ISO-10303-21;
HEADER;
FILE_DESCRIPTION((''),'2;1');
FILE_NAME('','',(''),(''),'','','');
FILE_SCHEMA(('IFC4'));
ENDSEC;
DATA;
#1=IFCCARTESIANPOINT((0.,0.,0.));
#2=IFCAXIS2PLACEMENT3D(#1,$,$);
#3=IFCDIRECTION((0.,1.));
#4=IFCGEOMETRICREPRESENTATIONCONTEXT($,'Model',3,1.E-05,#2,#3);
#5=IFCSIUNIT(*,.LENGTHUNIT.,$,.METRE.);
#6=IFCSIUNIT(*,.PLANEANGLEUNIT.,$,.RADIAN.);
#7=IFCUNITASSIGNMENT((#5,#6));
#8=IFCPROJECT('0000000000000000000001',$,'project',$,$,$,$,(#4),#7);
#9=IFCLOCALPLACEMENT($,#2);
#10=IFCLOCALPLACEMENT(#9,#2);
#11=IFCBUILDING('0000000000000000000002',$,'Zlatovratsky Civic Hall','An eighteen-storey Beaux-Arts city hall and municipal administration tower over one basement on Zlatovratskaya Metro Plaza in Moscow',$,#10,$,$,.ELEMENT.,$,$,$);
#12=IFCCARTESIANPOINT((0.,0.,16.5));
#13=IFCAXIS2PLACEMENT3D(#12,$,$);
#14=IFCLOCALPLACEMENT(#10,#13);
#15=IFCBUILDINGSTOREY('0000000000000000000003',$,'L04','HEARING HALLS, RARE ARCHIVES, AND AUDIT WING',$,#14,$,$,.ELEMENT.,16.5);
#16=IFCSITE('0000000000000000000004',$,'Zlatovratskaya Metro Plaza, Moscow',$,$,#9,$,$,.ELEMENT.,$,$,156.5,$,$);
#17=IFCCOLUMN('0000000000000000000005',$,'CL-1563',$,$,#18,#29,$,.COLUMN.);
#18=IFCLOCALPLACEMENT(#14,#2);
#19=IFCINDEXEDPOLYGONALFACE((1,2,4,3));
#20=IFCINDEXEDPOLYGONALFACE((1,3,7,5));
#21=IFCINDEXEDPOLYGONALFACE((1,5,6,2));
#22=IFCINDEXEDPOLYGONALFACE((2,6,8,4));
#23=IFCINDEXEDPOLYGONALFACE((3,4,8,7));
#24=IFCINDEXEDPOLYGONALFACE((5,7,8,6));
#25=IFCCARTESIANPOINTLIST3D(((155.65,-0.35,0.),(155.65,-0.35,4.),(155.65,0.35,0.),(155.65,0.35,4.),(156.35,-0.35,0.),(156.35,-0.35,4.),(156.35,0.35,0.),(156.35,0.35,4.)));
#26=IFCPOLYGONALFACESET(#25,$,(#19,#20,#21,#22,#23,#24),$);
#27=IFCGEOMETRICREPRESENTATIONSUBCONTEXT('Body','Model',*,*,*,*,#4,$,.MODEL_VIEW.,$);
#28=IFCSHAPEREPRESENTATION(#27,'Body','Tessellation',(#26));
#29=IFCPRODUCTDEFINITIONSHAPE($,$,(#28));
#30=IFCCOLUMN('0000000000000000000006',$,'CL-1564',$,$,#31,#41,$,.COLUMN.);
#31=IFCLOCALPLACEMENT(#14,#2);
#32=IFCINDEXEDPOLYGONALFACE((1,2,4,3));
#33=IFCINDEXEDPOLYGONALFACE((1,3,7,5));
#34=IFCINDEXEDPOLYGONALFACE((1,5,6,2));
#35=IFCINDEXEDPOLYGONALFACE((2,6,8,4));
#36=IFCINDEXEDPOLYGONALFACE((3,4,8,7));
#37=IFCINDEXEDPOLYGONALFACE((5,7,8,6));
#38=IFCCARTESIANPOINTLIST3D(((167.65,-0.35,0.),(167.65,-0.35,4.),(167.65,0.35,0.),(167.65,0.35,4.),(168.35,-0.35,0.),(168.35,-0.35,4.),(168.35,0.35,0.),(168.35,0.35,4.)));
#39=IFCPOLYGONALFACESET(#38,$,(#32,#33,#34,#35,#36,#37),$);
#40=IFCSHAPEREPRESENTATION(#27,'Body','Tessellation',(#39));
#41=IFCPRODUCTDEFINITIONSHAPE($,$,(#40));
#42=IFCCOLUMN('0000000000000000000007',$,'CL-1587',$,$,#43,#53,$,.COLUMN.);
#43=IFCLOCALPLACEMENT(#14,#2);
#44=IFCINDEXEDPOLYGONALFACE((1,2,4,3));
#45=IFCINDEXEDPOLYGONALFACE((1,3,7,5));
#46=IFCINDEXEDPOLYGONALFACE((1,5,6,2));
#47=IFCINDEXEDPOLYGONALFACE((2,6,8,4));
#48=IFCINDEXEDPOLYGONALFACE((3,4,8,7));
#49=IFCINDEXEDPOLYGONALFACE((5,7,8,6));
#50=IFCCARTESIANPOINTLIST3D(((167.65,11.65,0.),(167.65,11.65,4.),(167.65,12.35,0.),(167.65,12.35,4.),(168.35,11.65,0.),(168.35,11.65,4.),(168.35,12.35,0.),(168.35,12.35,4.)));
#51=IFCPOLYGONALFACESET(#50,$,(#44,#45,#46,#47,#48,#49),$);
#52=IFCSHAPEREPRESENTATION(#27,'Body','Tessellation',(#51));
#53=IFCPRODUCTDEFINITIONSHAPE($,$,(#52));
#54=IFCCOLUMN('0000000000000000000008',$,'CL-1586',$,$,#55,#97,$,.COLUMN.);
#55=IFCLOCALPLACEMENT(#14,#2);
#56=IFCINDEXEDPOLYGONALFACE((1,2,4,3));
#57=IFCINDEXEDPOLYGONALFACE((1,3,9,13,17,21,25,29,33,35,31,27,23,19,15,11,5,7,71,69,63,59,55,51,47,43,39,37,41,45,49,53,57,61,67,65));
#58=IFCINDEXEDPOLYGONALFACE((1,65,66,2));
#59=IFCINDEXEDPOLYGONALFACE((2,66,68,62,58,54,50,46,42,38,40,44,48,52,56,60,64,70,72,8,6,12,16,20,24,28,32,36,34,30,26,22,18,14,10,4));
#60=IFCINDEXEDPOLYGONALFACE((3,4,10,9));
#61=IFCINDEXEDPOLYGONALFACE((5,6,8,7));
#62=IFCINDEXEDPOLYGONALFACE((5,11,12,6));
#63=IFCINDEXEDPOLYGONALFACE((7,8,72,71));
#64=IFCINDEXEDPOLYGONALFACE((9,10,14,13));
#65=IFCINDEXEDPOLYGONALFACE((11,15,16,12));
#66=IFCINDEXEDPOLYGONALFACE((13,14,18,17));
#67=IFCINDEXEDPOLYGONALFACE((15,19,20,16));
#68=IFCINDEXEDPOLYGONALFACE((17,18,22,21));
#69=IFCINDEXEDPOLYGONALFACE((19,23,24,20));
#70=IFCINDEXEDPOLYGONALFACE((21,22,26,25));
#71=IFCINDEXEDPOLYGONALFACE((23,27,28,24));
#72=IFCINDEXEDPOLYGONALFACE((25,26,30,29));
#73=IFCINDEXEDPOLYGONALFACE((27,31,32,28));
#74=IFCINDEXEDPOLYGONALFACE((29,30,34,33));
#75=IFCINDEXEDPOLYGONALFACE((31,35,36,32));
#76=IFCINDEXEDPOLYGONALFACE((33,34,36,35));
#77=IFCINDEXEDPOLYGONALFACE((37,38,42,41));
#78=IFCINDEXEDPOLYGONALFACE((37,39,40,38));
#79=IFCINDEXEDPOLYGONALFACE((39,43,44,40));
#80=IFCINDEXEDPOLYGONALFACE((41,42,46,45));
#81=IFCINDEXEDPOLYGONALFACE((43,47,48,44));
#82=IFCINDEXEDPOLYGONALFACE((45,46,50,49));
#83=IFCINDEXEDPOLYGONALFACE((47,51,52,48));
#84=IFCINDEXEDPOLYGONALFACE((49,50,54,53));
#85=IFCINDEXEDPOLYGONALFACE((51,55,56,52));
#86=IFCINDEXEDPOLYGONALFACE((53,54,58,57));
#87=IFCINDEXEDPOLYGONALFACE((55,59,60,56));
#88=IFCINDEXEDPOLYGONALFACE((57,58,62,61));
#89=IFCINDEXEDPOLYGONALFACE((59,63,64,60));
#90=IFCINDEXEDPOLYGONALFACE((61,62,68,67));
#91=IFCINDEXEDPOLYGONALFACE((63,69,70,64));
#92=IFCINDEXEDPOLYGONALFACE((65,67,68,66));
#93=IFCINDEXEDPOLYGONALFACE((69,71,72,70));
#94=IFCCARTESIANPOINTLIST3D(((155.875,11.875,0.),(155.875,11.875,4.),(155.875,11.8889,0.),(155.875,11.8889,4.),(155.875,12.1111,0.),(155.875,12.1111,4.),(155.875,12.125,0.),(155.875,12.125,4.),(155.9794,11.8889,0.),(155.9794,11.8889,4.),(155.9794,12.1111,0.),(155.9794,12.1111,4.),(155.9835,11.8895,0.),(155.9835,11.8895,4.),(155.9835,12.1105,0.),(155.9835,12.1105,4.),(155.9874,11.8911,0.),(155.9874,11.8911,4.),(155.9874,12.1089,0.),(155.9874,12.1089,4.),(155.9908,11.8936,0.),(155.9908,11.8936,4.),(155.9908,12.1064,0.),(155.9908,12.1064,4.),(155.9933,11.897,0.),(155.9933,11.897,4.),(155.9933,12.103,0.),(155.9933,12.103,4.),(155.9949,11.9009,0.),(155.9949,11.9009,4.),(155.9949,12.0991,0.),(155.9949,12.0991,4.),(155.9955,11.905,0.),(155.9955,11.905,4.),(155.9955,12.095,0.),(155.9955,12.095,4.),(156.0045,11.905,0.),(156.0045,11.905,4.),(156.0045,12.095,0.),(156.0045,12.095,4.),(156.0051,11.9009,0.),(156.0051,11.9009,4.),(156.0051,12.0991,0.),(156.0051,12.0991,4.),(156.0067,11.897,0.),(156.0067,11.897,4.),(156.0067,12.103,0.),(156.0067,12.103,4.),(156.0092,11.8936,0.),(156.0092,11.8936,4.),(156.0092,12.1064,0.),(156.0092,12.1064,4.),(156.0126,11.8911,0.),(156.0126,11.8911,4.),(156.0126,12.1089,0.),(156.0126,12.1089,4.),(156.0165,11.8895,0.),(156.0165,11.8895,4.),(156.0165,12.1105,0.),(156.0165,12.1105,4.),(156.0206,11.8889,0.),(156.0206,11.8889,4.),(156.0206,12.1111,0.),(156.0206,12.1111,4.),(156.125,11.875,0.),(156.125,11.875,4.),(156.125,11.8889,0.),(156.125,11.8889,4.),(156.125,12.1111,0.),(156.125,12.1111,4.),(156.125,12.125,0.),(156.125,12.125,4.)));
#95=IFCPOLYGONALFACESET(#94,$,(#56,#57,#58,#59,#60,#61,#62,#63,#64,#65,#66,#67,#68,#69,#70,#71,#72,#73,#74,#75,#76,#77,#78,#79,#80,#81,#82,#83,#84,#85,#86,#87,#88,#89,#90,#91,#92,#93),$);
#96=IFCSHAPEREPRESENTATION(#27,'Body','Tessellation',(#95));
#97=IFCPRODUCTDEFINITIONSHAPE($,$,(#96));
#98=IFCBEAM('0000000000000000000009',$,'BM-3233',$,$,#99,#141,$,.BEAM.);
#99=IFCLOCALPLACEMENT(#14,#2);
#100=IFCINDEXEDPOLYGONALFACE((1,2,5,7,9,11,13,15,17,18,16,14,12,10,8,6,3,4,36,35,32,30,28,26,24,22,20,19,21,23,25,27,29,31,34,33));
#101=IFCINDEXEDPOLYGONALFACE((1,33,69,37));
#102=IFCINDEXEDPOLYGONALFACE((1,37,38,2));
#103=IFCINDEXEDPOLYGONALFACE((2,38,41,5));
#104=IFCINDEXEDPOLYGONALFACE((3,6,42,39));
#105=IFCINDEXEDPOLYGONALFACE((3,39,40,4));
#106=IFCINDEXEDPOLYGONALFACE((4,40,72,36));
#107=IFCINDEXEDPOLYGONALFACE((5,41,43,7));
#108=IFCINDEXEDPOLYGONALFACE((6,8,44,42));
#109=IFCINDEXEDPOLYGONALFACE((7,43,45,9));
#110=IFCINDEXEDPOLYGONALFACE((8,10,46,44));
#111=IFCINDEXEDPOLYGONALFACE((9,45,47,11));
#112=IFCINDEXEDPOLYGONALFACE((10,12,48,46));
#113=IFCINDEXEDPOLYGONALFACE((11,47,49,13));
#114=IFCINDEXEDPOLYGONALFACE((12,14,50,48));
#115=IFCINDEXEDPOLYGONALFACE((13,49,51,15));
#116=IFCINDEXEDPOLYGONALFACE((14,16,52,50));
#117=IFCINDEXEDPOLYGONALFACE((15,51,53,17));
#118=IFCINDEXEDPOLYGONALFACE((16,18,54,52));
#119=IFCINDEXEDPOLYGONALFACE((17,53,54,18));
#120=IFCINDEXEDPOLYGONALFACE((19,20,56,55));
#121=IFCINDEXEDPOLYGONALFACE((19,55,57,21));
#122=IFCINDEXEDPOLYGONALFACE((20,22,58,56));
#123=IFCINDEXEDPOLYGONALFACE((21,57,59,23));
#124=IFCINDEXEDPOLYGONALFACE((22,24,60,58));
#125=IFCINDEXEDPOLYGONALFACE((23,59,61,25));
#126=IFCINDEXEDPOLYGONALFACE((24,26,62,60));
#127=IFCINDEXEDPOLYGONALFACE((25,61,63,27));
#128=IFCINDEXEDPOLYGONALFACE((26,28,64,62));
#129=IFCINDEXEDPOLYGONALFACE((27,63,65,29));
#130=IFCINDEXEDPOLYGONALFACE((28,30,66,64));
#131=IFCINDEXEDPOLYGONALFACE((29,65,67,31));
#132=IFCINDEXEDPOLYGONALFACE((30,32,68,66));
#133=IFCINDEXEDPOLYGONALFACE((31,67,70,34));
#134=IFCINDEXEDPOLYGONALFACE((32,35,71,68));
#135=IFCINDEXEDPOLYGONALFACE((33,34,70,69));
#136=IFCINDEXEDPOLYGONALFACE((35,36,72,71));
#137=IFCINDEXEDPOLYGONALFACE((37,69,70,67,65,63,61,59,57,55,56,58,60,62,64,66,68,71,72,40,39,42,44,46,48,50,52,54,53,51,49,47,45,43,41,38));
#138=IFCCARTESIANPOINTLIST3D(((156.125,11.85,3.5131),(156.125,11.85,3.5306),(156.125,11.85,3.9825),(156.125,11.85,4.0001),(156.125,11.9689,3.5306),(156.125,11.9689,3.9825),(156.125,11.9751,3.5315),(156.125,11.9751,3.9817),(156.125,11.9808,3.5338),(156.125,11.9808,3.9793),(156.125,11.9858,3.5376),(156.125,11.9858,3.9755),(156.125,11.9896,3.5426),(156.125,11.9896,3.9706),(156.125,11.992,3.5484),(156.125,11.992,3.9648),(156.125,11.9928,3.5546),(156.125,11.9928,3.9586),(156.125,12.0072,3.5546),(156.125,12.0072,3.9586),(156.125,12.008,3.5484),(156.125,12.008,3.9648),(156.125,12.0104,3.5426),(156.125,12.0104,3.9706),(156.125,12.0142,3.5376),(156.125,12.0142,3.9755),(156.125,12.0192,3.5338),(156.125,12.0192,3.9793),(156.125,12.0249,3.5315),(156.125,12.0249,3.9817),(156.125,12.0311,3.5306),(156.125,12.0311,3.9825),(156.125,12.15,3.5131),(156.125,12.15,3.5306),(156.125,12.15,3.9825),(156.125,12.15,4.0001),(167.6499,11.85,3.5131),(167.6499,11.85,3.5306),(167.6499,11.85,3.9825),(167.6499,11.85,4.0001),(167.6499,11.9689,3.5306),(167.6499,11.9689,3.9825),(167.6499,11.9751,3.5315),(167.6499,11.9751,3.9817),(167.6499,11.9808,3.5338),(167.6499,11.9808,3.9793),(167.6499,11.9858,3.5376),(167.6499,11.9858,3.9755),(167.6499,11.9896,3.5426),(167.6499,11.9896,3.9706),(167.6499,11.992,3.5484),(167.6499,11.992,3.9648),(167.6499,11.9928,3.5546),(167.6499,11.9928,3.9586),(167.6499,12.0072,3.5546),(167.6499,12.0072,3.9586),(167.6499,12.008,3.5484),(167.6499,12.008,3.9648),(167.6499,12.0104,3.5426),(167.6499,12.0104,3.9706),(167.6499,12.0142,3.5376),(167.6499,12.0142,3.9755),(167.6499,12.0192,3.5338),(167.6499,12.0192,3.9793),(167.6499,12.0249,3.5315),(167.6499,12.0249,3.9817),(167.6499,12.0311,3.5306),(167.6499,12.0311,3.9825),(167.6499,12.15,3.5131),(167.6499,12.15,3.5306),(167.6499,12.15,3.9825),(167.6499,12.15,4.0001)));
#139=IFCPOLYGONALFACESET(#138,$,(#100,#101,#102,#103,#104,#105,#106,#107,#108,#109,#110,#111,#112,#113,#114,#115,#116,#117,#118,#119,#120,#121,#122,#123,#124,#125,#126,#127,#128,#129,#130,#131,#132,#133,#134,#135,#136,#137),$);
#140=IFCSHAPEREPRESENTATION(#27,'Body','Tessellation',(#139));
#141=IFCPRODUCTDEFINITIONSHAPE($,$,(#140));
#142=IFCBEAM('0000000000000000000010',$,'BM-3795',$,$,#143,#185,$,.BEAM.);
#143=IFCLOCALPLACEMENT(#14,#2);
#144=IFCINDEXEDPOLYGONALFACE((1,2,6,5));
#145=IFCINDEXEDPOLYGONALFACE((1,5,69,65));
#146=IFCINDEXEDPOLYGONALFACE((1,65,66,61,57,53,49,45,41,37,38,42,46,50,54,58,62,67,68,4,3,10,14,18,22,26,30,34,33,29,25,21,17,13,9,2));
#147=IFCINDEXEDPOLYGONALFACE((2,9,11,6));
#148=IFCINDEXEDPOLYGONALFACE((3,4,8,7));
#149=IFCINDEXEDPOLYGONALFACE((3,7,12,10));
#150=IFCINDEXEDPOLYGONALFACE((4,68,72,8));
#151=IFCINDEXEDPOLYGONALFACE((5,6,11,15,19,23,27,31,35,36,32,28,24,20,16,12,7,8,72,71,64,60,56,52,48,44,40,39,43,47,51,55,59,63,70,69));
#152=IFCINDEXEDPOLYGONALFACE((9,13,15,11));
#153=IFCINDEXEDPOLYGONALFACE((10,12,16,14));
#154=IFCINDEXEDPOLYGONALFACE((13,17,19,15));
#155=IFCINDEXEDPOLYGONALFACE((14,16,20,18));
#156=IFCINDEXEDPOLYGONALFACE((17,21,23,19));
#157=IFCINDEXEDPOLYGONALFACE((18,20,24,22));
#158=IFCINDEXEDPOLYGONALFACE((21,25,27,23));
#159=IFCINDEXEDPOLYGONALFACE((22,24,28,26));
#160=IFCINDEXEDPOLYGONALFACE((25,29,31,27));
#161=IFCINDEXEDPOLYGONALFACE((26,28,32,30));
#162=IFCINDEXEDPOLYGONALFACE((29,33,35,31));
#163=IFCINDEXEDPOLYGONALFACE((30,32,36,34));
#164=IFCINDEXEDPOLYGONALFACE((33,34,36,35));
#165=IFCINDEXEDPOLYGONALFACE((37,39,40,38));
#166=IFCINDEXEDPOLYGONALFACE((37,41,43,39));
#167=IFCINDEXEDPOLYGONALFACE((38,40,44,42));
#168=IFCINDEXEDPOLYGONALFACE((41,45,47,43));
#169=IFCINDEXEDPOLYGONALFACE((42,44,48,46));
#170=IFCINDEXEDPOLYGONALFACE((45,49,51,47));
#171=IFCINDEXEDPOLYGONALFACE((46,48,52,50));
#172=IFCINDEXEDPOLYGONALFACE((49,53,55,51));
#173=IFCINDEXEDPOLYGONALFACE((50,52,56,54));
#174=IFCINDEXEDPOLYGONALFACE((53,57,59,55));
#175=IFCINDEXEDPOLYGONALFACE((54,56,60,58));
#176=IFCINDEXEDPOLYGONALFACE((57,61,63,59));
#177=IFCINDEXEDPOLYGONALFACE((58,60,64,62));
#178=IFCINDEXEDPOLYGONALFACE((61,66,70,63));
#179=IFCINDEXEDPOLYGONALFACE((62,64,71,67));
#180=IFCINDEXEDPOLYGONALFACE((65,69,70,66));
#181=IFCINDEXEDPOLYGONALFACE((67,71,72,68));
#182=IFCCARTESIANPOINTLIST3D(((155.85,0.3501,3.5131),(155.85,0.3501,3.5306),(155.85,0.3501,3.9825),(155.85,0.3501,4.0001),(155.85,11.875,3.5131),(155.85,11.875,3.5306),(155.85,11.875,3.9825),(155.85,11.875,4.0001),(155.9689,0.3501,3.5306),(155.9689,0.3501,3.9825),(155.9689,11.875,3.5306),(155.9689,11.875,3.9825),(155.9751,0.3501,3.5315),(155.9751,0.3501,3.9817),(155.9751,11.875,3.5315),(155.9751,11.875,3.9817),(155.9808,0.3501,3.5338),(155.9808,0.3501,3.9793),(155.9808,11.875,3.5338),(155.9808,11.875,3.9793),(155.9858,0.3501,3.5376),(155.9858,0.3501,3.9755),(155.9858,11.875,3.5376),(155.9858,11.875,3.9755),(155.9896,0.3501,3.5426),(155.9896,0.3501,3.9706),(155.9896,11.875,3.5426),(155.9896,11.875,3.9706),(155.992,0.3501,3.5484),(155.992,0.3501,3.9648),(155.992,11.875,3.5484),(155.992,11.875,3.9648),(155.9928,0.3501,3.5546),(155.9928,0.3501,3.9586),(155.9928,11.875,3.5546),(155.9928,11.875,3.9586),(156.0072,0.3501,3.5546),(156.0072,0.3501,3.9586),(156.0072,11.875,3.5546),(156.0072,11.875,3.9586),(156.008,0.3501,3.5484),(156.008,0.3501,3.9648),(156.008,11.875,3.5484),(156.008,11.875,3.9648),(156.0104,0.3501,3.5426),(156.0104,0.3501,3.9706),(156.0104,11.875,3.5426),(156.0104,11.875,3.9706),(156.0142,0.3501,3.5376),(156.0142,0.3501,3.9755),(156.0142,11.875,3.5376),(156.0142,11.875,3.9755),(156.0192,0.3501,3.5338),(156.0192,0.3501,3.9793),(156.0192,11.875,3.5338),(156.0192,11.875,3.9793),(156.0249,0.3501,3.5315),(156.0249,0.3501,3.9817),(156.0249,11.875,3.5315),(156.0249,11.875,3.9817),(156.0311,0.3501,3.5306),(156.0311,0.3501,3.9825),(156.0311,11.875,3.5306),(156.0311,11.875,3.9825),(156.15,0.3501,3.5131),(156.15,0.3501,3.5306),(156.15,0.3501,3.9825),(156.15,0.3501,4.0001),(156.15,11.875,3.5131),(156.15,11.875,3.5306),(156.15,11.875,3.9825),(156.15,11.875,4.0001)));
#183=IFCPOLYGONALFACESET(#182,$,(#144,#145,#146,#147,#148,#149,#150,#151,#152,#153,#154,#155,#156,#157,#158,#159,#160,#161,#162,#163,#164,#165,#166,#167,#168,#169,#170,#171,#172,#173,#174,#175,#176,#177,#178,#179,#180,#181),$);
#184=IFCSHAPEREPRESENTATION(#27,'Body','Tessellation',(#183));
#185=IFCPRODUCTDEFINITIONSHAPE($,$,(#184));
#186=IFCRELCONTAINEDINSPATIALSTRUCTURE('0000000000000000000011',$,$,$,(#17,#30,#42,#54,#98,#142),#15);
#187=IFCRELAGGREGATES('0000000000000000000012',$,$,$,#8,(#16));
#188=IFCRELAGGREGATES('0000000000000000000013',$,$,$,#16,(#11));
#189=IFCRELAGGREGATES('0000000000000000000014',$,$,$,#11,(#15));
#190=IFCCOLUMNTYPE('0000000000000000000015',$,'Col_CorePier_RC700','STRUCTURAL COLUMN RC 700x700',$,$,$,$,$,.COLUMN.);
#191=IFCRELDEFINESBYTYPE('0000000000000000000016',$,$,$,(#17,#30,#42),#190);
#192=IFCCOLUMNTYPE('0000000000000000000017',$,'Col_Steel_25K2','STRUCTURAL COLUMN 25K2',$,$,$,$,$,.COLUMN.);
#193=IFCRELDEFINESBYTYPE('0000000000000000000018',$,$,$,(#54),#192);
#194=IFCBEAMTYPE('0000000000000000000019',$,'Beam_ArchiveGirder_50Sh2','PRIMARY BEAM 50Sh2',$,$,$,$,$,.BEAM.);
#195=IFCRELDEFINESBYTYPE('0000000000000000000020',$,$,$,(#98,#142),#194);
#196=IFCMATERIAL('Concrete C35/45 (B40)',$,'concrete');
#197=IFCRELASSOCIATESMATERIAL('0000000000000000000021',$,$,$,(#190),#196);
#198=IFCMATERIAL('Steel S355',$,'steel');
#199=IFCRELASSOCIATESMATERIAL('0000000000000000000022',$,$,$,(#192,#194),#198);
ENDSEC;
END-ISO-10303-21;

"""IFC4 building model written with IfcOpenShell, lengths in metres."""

from ifc_helpers import new_model, si_unit, direction, frame, origin, origin_2d, place, context, subcontext, project, spatial, rectangle, i_section, extrude, material, material_profile, profile_set, type_object, element, save


model = new_model("IFC4")

# Units and contexts
model_context = context("Model", 3, precision=1e-05, world=origin(), true_north=direction((0.0, 1.0)))
body_context = subcontext(model_context, "Body", "Model", "MODEL_VIEW")
ifc_project = project(units=[si_unit("LENGTHUNIT", "METRE"), si_unit("PLANEANGLEUNIT", "RADIAN")], contexts=[model_context])

# Site, building, storey
site_placement = place(None, origin())
site = spatial("IfcSite", under=ifc_project, at=site_placement, Name="Zlatovratskaya Metro Plaza, Moscow", CompositionType="ELEMENT", RefElevation=156.5)
building_placement = place(site_placement, origin())
building = spatial("IfcBuilding", under=site, at=building_placement, Name="Zlatovratsky Civic Hall", Description="An eighteen-storey Beaux-Arts city hall and municipal administration tower over one basement on Zlatovratskaya Metro Plaza in Moscow", CompositionType="ELEMENT")
storey_placement = place(building_placement, frame((0.0, 0.0, 16.5)))
storey = spatial("IfcBuildingStorey", under=building, at=storey_placement, Name="L04", Description="HEARING HALLS, RARE ARCHIVES, AND AUDIT WING", CompositionType="ELEMENT", Elevation=16.5)

# Columns
ifc_material_1 = material(Name="Concrete C35/45 (B40)", Category="concrete")
ifc_material_profile_1 = material_profile(ifc_material_1, rectangle(XDim=0.7, YDim=0.7, at=origin_2d()), Name="RC 700x700")
ifc_profile_set_1 = profile_set([ifc_material_profile_1], Name="Concrete C35/45 (B40)")
column_type_1 = type_object("IfcColumnType", Name="Col_CorePier_RC700", Description="STRUCTURAL COLUMN RC 700x700", PredefinedType="COLUMN", material=ifc_profile_set_1)
for number, where, z_axis, x_axis, name in (
    (1, (156.0, 0.0, 0.0), (0.0, 0.0, 1.0), (1.0, 0.0, 0.0), "CL-1563"),
    (2, (168.0, 0.0, 0.0), (0.0, 0.0, 1.0), (1.0, 0.0, 0.0), "CL-1564"),
    (3, (168.0, 12.0, 0.0), (0.0, 0.0, 1.0), (1.0, 0.0, 0.0), "CL-1587"),
):
    element("IfcColumn", number, at=place(storey_placement, frame(where, z_axis=z_axis, x_axis=x_axis)), inside=storey, type_object=column_type_1, Name=name, PredefinedType="COLUMN", context=body_context, shape_type="SweptSolid", body=[
        extrude(rectangle(XDim=0.7, YDim=0.7, at=origin_2d()), origin(), (0.0, 0.0, 1.0), 4.0),
    ])
ifc_material_2 = material(Name="Steel S355", Category="steel")
ifc_material_profile_2 = material_profile(ifc_material_2, i_section(OverallWidth=0.25, OverallDepth=0.25, WebThickness=0.009, FlangeThickness=0.0139, FilletRadius=0.0161, at=origin_2d()), Name="25K2")
ifc_profile_set_2 = profile_set([ifc_material_profile_2], Name="Steel S355")
column_type_2 = type_object("IfcColumnType", Name="Col_Steel_25K2", Description="STRUCTURAL COLUMN 25K2", PredefinedType="COLUMN", material=ifc_profile_set_2)
column_placement = place(storey_placement, frame((156.0, 12.0, 0.0), z_axis=(0.0, 0.0, 1.0), x_axis=(1.0, 0.0, 0.0)))
element("IfcColumn", 4, at=column_placement, inside=storey, type_object=column_type_2, Name="CL-1586", PredefinedType="COLUMN", context=body_context, shape_type="SweptSolid", body=[
    extrude(i_section(OverallWidth=0.25, OverallDepth=0.25, WebThickness=0.009, FlangeThickness=0.0139, FilletRadius=0.0161, at=origin_2d()), origin(), (0.0, 0.0, 1.0), 4.0),
])

# Beams
ifc_material_profile_3 = material_profile(ifc_material_2, i_section(OverallWidth=0.3, OverallDepth=0.4871, WebThickness=0.0144, FlangeThickness=0.0176, FilletRadius=0.0239, at=origin_2d()), Name="50Sh2")
ifc_profile_set_3 = profile_set([ifc_material_profile_3], Name="Steel S355")
beam_type_1 = type_object("IfcBeamType", Name="Beam_ArchiveGirder_50Sh2", Description="PRIMARY BEAM 50Sh2", PredefinedType="BEAM", material=ifc_profile_set_3)
for number, where, z_axis, x_axis, name in (
    (5, (156.125, 12.0, 3.7566), (1.0, 0.0, 0.0), (0.0, 1.0, 0.0), "BM-3233"),
    (6, (156.0, 0.3501, 3.7566), (0.0, 1.0, 0.0), (-1.0, 0.0, 0.0), "BM-3795"),
):
    element("IfcBeam", number, at=place(storey_placement, frame(where, z_axis=z_axis, x_axis=x_axis)), inside=storey, type_object=beam_type_1, Name=name, PredefinedType="BEAM", context=body_context, shape_type="SweptSolid", body=[
        extrude(i_section(OverallWidth=0.3, OverallDepth=0.4871, WebThickness=0.0144, FlangeThickness=0.0176, FilletRadius=0.0239, at=origin_2d()), origin(), (0.0, 0.0, 1.0), 11.5249),
    ])

save(model, "model.ifc")
